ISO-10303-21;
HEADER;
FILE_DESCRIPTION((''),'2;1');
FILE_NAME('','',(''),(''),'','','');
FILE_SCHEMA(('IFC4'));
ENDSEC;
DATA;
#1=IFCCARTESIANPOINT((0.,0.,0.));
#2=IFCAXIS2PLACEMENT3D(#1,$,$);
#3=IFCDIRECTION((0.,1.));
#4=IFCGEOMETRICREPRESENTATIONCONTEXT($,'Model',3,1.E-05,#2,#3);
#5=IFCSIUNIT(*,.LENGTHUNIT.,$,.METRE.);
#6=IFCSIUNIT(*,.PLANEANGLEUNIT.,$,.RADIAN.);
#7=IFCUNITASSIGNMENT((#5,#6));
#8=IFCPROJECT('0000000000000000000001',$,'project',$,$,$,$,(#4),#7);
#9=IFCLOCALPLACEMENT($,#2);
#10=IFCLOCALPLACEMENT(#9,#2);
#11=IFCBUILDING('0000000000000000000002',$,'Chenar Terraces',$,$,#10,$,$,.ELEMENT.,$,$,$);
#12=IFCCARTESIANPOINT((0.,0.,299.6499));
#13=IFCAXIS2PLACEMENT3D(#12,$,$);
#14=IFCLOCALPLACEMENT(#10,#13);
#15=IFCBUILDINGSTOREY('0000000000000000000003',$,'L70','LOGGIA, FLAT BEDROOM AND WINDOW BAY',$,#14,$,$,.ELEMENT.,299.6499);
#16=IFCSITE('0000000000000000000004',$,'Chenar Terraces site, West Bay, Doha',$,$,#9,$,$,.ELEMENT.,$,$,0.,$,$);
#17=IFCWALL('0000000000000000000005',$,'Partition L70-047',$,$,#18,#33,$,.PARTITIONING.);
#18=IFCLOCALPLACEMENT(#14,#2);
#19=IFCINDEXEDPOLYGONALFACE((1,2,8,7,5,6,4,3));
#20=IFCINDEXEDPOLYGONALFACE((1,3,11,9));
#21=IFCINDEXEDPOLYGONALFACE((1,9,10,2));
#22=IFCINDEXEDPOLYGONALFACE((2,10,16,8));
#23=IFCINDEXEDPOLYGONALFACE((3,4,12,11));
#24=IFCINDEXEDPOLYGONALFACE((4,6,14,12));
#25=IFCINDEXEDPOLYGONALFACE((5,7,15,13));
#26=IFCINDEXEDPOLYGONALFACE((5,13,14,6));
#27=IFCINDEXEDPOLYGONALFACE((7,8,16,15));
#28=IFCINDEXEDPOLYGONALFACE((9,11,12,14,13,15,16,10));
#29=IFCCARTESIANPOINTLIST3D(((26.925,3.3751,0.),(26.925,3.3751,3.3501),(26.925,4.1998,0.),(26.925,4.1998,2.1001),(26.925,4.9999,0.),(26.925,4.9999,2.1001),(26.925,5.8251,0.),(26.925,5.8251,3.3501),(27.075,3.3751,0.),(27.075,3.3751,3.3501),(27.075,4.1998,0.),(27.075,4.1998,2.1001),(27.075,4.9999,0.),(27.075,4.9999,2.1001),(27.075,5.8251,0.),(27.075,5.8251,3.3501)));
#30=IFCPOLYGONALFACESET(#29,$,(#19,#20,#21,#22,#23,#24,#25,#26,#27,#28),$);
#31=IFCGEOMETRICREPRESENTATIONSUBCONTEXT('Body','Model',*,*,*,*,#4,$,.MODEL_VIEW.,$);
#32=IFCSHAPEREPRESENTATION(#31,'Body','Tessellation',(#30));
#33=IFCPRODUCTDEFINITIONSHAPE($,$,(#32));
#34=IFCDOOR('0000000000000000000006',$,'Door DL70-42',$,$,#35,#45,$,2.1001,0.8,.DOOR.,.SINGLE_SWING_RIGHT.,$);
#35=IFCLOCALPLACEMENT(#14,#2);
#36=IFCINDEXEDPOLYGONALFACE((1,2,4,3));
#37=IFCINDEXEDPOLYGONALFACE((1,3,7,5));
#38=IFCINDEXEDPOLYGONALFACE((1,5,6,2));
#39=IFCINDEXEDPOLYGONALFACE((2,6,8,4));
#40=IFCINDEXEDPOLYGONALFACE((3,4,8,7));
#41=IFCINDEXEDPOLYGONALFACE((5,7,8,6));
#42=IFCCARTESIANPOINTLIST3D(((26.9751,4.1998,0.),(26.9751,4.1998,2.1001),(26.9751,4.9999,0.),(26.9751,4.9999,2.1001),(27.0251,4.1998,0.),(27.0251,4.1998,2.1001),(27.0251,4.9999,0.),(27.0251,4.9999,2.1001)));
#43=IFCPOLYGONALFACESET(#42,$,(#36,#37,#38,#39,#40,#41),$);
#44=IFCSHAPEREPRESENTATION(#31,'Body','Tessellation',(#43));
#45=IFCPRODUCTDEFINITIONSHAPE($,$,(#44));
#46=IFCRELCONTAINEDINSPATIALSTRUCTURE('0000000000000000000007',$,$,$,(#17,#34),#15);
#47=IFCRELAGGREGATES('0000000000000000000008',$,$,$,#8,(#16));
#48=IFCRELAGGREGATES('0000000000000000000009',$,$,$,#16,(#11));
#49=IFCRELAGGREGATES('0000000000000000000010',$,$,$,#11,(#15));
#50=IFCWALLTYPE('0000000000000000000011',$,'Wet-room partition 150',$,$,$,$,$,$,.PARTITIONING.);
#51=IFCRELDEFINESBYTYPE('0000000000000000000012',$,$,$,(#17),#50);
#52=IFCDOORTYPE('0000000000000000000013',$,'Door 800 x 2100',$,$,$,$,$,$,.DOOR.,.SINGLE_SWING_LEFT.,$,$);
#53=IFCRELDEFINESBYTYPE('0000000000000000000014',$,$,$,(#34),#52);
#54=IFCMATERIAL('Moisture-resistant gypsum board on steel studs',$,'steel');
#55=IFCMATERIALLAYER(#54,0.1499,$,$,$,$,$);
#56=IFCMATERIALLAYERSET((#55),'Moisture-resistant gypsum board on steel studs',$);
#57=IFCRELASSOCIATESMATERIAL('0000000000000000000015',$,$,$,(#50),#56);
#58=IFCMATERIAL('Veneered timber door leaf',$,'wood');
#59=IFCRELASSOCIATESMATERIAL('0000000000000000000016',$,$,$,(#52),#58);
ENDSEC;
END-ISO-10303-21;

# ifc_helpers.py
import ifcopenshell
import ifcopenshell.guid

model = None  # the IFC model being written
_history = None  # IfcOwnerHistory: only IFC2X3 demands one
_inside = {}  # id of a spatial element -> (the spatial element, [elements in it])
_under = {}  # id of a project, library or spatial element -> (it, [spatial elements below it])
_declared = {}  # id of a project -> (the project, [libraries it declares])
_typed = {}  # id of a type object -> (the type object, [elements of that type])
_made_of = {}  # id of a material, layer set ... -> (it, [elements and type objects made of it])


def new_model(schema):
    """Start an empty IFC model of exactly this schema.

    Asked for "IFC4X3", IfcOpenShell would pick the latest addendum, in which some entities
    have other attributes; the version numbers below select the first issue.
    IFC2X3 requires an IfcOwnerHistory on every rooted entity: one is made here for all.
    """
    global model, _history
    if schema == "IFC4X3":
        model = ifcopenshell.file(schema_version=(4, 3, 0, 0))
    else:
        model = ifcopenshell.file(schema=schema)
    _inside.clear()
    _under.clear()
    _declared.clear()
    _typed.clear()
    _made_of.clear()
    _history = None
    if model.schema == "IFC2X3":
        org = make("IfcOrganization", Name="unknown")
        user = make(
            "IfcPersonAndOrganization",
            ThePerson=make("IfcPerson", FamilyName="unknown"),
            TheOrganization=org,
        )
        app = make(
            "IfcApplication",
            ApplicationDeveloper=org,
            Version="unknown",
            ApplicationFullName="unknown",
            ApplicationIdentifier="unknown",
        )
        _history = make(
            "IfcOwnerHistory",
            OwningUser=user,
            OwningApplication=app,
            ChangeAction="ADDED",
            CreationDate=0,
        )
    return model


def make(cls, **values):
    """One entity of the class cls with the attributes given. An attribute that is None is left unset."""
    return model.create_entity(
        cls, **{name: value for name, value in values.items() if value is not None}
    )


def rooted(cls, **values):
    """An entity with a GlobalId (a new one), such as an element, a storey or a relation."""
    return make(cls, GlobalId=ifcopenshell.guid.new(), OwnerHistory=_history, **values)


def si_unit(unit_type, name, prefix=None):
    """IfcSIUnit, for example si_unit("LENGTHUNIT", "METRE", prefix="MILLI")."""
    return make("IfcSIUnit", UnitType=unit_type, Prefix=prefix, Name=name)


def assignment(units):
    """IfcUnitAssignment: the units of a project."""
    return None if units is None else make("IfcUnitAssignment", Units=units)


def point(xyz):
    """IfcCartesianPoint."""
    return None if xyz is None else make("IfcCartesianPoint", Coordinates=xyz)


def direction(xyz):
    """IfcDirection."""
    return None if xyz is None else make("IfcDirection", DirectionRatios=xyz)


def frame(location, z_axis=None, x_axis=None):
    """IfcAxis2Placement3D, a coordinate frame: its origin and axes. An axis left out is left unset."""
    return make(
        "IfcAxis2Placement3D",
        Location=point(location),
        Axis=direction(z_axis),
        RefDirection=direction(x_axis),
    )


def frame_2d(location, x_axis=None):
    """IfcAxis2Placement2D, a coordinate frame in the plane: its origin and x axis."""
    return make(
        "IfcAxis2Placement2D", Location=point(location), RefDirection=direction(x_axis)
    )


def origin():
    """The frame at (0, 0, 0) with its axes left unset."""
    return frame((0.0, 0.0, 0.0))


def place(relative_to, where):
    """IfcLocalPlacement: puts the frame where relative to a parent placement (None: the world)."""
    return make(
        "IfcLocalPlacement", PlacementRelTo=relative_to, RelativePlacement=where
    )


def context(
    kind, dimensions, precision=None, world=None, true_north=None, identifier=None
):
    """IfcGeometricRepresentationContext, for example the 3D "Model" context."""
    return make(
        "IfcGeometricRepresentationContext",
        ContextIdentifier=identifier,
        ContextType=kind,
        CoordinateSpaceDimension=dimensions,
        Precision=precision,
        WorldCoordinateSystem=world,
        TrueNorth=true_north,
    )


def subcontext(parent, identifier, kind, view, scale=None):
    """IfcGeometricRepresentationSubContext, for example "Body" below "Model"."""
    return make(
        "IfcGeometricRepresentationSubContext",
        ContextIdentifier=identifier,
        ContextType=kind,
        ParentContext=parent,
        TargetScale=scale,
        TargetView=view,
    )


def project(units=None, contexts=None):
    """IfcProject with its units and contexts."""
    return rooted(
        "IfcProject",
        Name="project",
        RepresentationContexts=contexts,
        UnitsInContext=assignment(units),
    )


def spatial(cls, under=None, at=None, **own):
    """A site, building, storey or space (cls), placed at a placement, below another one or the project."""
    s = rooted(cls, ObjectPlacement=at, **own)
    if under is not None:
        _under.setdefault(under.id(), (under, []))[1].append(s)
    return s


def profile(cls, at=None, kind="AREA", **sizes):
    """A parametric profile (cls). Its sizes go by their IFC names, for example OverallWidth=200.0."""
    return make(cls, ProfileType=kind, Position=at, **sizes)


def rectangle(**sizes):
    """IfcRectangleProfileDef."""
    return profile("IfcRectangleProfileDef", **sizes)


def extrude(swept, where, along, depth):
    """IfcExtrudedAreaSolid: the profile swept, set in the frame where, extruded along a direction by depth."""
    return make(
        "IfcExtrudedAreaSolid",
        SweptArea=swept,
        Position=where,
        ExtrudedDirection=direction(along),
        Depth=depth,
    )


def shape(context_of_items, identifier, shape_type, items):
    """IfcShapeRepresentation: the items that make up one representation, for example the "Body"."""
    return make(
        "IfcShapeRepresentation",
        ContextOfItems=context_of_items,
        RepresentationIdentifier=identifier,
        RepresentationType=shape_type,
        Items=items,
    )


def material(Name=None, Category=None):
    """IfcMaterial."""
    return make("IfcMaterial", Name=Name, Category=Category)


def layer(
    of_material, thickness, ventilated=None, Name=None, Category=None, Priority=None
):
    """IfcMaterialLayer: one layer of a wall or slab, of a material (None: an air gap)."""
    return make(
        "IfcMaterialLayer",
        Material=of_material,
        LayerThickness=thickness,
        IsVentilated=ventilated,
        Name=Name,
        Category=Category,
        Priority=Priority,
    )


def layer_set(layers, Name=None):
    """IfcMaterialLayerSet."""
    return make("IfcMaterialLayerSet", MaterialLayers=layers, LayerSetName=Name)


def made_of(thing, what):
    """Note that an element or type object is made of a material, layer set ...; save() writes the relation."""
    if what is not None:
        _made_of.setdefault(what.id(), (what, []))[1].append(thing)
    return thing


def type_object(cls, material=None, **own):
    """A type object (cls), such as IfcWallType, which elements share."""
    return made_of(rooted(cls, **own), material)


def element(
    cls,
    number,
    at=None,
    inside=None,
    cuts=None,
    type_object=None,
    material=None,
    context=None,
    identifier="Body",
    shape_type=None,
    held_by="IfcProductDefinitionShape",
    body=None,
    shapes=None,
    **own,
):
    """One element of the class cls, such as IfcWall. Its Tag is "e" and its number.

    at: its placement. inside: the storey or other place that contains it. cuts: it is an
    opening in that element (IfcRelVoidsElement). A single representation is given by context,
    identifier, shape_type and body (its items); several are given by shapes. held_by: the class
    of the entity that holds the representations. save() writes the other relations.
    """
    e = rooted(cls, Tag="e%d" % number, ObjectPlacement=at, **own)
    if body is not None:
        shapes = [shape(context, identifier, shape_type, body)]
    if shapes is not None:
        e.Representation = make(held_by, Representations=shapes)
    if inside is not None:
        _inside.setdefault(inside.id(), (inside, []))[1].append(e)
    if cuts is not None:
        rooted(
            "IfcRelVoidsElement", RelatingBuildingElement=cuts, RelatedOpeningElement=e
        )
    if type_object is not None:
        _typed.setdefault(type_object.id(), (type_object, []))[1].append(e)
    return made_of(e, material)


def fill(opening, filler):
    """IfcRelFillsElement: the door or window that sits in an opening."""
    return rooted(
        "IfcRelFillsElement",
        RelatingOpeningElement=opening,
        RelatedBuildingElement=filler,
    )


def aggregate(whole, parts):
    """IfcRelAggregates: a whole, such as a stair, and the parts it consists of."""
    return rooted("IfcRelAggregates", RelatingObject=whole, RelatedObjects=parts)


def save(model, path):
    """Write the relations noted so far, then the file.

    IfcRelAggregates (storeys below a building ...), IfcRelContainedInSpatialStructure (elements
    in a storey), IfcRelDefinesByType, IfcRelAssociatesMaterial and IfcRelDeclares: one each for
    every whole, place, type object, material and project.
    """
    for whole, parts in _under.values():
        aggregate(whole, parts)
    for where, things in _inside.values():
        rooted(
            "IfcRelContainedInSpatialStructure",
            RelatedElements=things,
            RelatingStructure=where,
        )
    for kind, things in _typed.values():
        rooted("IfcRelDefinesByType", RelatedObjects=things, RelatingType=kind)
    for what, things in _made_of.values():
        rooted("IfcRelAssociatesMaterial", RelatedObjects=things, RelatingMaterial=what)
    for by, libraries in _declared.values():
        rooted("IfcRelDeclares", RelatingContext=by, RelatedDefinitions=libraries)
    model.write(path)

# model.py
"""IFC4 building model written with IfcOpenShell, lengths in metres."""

from ifc_helpers import new_model, si_unit, direction, frame, frame_2d, origin, place, context, subcontext, project, spatial, rectangle, extrude, material, layer, layer_set, type_object, element, fill, save


model = new_model("IFC4")

# Units and contexts
model_context = context("Model", 3, precision=1e-05, world=origin(), true_north=direction((0.0, 1.0)))
body_context = subcontext(model_context, "Body", "Model", "MODEL_VIEW")
ifc_project = project(units=[si_unit("LENGTHUNIT", "METRE"), si_unit("PLANEANGLEUNIT", "RADIAN")], contexts=[model_context])

# Site, building, storey
site_placement = place(None, origin())
site = spatial("IfcSite", under=ifc_project, at=site_placement, Name="Chenar Terraces site, West Bay, Doha", CompositionType="ELEMENT", RefElevation=0.0)
building_placement = place(site_placement, origin())
building = spatial("IfcBuilding", under=site, at=building_placement, Name="Chenar Terraces", CompositionType="ELEMENT")
storey_placement = place(building_placement, frame((0.0, 0.0, 299.6499)))
storey = spatial("IfcBuildingStorey", under=building, at=storey_placement, Name="L70", Description="LOGGIA, FLAT BEDROOM AND WINDOW BAY", CompositionType="ELEMENT", Elevation=299.6499)

# Shared definitions
ifc_material_1 = material(Name="Moisture-resistant gypsum board on steel studs", Category="steel")
ifc_layer_1 = layer(ifc_material_1, 0.1499)
ifc_layer_set_1 = layer_set([ifc_layer_1], Name="Moisture-resistant gypsum board on steel studs")
wall_type_1 = type_object("IfcWallType", Name="Wet-room partition 150", PredefinedType="PARTITIONING", material=ifc_layer_set_1)

# Wall, opening, door
wall_1_placement = place(storey_placement, frame((27.0, 3.375, 0.0), z_axis=(0.0, 0.0, 1.0), x_axis=(0.0, 1.0, 0.0)))
wall_1 = element("IfcWall", 1, at=wall_1_placement, inside=storey, type_object=wall_type_1, Name="Partition L70-047", PredefinedType="PARTITIONING", context=body_context, shape_type="SweptSolid", body=[
    extrude(rectangle(XDim=2.45, YDim=0.1499, at=frame_2d((1.2251, 0.0))), origin(), (0.0, 0.0, 1.0), 3.3501),
])
opening_1_placement = place(wall_1_placement, frame((0.825, 0.0, 0.0)))
opening_1 = element("IfcOpeningElement", 2, at=opening_1_placement, cuts=wall_1, PredefinedType="OPENING", context=body_context, shape_type="SweptSolid", body=[
    extrude(rectangle(XDim=0.8, YDim=2.1001, at=frame_2d((0.3999, 1.05))), frame((0.0, 0.085, 0.0), z_axis=(0.0, -1.0, 0.0), x_axis=(1.0, 0.0, 0.0)), (0.0, 0.0, 1.0), 0.1699),
])
ifc_material_2 = material(Name="Veneered timber door leaf", Category="wood")
door_type_1 = type_object("IfcDoorType", Name="Door 800 x 2100", OperationType="SINGLE_SWING_LEFT", PredefinedType="DOOR", material=ifc_material_2)
door_1_placement = place(opening_1_placement, origin())
door_1 = element("IfcDoor", 3, at=door_1_placement, inside=storey, type_object=door_type_1, Name="Door DL70-42", OperationType="SINGLE_SWING_RIGHT", OverallHeight=2.1001, OverallWidth=0.8, PredefinedType="DOOR", context=body_context, shape_type="SweptSolid", body=[
    extrude(rectangle(XDim=0.8, YDim=2.1001, at=frame_2d((0.3999, 1.05))), frame((0.0, 0.0249, 0.0), z_axis=(0.0, -1.0, 0.0), x_axis=(1.0, 0.0, 0.0)), (0.0, 0.0, 1.0), 0.05),
])
fill(opening_1, door_1)

save(model, "model.ifc")
